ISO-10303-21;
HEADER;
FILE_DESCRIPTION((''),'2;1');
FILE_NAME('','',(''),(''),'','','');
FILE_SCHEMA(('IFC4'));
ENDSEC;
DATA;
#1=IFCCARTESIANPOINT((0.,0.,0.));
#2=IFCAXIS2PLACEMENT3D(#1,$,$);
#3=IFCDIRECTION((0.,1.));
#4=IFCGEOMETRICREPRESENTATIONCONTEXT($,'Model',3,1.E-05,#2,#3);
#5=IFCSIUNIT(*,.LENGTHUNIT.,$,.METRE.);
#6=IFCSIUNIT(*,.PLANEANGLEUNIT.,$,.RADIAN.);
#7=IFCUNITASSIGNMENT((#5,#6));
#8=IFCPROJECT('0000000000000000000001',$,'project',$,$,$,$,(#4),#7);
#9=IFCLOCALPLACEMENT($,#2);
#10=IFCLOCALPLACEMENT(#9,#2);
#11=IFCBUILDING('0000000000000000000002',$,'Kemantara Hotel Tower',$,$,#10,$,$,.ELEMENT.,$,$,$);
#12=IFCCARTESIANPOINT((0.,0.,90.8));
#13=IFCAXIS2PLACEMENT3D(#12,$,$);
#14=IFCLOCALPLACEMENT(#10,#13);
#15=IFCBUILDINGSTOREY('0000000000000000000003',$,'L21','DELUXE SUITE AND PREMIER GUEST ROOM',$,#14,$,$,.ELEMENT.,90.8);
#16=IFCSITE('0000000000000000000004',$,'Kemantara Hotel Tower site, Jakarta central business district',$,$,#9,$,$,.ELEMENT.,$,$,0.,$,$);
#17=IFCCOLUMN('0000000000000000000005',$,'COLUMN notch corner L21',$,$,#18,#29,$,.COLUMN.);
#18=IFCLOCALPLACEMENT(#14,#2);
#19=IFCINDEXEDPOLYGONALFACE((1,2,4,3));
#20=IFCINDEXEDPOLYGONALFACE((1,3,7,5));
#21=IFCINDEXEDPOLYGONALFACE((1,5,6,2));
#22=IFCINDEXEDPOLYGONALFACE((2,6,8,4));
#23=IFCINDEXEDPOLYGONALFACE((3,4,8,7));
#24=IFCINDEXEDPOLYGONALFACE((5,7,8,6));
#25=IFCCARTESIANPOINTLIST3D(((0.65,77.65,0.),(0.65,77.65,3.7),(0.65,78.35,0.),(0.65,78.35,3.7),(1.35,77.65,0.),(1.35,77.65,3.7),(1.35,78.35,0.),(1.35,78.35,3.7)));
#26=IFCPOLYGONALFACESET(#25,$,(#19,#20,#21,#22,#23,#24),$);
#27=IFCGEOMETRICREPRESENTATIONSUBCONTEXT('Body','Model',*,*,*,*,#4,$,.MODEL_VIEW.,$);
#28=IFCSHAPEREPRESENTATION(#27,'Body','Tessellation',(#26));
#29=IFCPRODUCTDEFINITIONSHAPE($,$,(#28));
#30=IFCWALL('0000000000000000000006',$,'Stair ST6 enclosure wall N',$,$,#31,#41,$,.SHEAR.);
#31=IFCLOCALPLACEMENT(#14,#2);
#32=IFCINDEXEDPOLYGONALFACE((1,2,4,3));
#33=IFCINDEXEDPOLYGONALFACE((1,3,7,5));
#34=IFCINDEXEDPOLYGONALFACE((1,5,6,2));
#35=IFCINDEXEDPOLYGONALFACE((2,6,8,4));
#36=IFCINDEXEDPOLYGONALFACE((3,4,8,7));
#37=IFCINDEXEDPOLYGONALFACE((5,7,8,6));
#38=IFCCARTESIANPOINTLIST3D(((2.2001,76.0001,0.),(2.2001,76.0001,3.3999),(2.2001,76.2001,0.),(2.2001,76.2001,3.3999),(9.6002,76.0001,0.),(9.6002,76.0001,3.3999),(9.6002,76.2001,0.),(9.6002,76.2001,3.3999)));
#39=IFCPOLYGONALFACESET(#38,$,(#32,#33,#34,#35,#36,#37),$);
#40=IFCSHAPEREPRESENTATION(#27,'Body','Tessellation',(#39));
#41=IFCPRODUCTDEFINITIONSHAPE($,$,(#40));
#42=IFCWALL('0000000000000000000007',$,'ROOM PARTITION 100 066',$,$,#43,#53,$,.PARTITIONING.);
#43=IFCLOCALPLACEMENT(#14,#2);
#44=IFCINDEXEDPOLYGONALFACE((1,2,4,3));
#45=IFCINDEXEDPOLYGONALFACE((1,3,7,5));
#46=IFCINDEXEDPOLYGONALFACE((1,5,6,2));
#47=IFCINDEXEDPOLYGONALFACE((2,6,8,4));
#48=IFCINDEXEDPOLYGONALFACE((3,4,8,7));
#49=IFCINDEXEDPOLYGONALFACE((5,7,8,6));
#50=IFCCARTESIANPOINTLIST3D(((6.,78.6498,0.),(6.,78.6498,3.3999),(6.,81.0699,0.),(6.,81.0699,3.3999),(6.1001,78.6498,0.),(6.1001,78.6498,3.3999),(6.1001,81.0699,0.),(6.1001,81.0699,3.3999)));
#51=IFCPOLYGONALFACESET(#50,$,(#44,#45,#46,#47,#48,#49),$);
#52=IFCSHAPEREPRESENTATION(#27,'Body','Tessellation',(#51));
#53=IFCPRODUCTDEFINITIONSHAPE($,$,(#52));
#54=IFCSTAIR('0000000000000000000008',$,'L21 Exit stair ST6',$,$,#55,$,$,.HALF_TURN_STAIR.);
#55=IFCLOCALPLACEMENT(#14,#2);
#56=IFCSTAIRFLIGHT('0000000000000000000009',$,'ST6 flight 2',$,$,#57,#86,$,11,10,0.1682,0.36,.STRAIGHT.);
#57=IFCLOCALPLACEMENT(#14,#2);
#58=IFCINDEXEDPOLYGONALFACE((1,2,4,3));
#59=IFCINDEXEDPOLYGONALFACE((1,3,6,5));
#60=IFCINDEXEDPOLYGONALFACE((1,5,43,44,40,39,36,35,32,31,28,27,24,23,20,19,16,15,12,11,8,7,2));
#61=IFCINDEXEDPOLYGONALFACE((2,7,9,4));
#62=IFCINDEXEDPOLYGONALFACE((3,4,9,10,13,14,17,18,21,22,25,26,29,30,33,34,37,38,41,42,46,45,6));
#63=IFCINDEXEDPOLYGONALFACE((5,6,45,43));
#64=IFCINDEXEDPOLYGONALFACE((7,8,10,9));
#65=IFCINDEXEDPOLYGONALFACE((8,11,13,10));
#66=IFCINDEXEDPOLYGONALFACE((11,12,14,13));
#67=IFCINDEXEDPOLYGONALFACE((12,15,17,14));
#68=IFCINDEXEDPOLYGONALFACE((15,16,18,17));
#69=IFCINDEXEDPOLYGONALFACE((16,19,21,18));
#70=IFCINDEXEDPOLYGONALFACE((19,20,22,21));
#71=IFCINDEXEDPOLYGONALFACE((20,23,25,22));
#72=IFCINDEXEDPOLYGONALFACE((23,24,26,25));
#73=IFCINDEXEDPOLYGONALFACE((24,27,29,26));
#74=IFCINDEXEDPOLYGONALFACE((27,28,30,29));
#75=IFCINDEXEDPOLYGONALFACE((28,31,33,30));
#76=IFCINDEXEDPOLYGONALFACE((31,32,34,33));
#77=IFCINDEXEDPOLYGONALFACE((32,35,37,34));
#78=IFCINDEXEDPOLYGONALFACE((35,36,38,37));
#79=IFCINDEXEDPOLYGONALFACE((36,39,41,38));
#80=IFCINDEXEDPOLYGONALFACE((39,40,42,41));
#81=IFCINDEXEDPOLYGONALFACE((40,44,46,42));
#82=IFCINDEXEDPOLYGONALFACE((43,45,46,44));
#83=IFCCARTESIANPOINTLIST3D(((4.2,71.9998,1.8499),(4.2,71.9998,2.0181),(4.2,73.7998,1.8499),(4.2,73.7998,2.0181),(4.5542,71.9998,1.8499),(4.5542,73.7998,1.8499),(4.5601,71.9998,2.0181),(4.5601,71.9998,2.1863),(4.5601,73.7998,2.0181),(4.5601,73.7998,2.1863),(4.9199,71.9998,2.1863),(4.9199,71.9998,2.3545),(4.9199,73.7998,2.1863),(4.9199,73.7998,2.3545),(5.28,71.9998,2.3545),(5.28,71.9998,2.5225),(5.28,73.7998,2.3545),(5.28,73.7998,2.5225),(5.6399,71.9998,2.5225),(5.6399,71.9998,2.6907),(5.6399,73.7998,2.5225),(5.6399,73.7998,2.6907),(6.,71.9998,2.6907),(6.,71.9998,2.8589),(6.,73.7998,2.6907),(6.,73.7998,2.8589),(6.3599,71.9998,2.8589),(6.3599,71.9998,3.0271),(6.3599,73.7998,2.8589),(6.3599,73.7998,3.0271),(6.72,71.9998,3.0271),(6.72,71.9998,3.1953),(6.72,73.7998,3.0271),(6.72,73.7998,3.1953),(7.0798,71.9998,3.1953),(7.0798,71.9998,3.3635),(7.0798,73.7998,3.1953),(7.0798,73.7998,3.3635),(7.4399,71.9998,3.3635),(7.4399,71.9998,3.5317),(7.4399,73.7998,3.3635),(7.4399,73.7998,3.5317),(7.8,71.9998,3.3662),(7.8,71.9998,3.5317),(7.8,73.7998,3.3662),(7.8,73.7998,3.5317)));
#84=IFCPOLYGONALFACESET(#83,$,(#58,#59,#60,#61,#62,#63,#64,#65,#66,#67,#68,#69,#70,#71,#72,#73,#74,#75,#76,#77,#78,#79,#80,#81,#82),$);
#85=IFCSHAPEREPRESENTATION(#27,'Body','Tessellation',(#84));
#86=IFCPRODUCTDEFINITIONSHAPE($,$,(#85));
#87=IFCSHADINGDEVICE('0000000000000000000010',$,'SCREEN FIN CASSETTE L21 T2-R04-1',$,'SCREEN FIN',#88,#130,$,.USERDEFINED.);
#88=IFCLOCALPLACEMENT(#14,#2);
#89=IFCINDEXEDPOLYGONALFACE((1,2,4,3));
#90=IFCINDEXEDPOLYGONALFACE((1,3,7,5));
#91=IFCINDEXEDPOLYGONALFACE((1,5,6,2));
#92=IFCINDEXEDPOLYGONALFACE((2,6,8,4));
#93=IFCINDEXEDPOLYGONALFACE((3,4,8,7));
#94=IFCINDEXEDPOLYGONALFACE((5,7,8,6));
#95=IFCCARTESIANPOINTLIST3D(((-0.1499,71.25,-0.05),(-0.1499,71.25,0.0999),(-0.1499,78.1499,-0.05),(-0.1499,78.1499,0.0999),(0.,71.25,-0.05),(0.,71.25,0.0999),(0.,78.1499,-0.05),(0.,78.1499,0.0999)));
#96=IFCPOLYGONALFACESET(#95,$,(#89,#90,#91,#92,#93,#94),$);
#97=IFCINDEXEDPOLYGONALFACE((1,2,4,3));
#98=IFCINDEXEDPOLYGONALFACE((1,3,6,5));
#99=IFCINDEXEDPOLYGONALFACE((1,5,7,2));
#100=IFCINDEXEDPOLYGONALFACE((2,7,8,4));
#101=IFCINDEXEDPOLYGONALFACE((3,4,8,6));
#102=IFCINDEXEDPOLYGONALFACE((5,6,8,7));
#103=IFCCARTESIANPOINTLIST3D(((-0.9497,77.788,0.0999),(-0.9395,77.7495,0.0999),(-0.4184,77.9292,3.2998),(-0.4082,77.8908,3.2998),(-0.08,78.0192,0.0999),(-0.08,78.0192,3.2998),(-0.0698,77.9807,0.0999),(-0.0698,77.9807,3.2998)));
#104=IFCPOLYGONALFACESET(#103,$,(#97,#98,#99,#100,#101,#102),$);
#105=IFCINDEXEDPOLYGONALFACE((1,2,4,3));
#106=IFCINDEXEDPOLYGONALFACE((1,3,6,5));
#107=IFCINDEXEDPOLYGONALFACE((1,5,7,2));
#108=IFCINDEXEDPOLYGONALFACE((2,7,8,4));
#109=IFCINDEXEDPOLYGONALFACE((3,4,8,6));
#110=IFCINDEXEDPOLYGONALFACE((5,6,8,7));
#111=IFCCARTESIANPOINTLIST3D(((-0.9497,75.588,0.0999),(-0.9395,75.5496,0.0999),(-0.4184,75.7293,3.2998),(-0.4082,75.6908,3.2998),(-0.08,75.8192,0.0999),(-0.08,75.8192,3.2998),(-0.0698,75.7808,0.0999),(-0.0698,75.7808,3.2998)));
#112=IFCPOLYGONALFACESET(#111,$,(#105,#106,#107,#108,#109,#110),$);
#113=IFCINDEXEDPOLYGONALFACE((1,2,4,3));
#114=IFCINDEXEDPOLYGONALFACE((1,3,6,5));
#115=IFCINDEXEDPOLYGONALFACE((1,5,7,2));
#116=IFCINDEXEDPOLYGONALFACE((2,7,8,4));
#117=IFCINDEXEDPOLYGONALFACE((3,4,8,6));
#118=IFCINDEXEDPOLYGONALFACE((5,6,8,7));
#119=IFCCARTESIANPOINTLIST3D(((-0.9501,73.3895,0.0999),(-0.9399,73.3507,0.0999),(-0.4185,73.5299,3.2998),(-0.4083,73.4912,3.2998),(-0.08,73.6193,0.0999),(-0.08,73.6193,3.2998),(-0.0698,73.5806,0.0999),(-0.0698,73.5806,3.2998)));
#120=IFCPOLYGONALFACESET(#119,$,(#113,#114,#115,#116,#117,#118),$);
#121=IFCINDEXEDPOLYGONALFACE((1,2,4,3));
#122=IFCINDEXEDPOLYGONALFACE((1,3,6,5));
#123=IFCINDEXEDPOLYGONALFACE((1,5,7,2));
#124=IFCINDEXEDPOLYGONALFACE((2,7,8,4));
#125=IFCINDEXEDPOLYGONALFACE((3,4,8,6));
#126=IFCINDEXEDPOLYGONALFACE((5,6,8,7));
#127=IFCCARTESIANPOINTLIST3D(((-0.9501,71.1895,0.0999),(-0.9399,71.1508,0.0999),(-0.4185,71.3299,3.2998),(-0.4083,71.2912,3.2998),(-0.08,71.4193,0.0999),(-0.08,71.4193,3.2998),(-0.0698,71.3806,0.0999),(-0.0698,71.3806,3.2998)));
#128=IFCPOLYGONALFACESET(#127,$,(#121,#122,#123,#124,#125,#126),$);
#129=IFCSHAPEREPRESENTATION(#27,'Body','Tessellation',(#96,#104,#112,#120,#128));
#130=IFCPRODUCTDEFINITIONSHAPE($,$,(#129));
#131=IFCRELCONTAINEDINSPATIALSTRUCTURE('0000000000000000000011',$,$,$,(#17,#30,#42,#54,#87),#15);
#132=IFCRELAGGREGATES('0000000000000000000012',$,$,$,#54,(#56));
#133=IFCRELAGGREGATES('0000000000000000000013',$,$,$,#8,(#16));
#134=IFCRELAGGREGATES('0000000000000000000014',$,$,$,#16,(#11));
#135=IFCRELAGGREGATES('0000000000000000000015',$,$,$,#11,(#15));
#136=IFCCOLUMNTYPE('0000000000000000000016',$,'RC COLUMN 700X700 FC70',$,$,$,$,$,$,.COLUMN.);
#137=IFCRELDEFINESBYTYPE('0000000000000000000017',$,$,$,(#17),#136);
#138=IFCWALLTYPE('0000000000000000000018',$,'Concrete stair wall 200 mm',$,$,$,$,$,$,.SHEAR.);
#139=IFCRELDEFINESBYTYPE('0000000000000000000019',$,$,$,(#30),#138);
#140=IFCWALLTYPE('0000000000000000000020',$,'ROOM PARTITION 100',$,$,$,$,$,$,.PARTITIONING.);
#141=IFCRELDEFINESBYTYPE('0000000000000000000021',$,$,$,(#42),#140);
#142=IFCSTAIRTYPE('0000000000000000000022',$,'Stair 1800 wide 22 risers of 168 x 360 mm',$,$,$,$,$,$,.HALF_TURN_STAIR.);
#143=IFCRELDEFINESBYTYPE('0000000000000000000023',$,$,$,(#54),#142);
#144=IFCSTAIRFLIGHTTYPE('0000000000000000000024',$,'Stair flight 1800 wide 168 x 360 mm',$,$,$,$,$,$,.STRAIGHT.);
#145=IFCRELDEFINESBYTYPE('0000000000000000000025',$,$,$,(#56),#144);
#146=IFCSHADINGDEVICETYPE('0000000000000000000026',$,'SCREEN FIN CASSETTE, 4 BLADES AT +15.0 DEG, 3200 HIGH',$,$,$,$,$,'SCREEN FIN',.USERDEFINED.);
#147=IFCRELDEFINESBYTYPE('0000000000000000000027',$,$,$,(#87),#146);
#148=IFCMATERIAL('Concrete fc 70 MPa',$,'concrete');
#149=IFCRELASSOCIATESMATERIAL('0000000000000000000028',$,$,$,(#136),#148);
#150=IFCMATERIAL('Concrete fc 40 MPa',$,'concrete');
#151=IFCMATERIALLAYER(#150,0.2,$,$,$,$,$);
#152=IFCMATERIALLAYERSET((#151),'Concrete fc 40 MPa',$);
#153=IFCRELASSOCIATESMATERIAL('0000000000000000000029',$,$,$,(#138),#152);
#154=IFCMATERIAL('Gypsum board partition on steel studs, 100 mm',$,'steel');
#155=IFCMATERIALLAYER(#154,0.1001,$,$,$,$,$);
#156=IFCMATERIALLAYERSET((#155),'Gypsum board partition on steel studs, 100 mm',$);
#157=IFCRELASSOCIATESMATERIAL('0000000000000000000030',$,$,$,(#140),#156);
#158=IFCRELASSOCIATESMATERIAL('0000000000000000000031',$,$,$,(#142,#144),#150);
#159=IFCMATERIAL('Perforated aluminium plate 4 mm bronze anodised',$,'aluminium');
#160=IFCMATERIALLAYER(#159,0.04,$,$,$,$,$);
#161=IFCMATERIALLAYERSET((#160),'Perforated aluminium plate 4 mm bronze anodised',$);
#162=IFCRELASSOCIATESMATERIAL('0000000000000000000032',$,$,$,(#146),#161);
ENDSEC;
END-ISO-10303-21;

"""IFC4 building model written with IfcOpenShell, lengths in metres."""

from ifc_helpers import new_model, si_unit, direction, frame, frame_2d, origin, origin_2d, place, context, subcontext, project, spatial, polyline, rectangle, outline, extrude, source, transform, mapped, material, layer, layer_set, material_profile, profile_set, type_object, element, aggregate, save


model = new_model("IFC4")

# Units and contexts
model_context = context("Model", 3, precision=1e-05, world=origin(), true_north=direction((0.0, 1.0)))
body_context = subcontext(model_context, "Body", "Model", "MODEL_VIEW")
ifc_project = project(units=[si_unit("LENGTHUNIT", "METRE"), si_unit("PLANEANGLEUNIT", "RADIAN")], contexts=[model_context])

# Site, building, storey
site_placement = place(None, origin())
site = spatial("IfcSite", under=ifc_project, at=site_placement, Name="Kemantara Hotel Tower site, Jakarta central business district", CompositionType="ELEMENT", RefElevation=0.0)
building_placement = place(site_placement, origin())
building = spatial("IfcBuilding", under=site, at=building_placement, Name="Kemantara Hotel Tower", CompositionType="ELEMENT")
storey_placement = place(building_placement, frame((0.0, 0.0, 90.8)))
storey = spatial("IfcBuildingStorey", under=building, at=storey_placement, Name="L21", Description="DELUXE SUITE AND PREMIER GUEST ROOM", CompositionType="ELEMENT", Elevation=90.8)

# Column
ifc_material_1 = material(Name="Concrete fc 70 MPa", Category="concrete")
ifc_material_profile = material_profile(ifc_material_1, rectangle(XDim=0.7, YDim=0.7, at=origin_2d()), Name="RC 700X700")
ifc_profile_set = profile_set([ifc_material_profile], Name="Concrete fc 70 MPa")
column_type = type_object("IfcColumnType", Name="RC COLUMN 700X700 FC70", PredefinedType="COLUMN", material=ifc_profile_set)
column_placement = place(storey_placement, frame((1.0, 78.0, 0.0), z_axis=(0.0, 0.0, 1.0), x_axis=(1.0, 0.0, 0.0)))
element("IfcColumn", 1, at=column_placement, inside=storey, type_object=column_type, Name="COLUMN notch corner L21", PredefinedType="COLUMN", context=body_context, shape_type="SweptSolid", body=[
    extrude(rectangle(XDim=0.7, YDim=0.7, at=origin_2d()), origin(), (0.0, 0.0, 1.0), 3.7),
])

# Walls
ifc_material_2 = material(Name="Concrete fc 40 MPa", Category="concrete")
ifc_layer_1 = layer(ifc_material_2, 0.2)
ifc_layer_set_1 = layer_set([ifc_layer_1], Name="Concrete fc 40 MPa")
wall_type_1 = type_object("IfcWallType", Name="Concrete stair wall 200 mm", PredefinedType="SHEAR", material=ifc_layer_set_1)
wall_1_placement = place(storey_placement, frame((2.2, 76.1001, 0.0), z_axis=(0.0, 0.0, 1.0), x_axis=(1.0, 0.0, 0.0)))
element("IfcWall", 2, at=wall_1_placement, inside=storey, type_object=wall_type_1, Name="Stair ST6 enclosure wall N", PredefinedType="SHEAR", context=body_context, shape_type="SweptSolid", body=[
    extrude(rectangle(XDim=7.4001, YDim=0.2, at=frame_2d((3.7002, 0.0))), origin(), (0.0, 0.0, 1.0), 3.3999),
])
ifc_material_3 = material(Name="Gypsum board partition on steel studs, 100 mm", Category="steel")
ifc_layer_2 = layer(ifc_material_3, 0.1001)
ifc_layer_set_2 = layer_set([ifc_layer_2], Name="Gypsum board partition on steel studs, 100 mm")
wall_type_2 = type_object("IfcWallType", Name="ROOM PARTITION 100", PredefinedType="PARTITIONING", material=ifc_layer_set_2)
wall_2_placement = place(storey_placement, frame((6.05, 78.6499, 0.0), z_axis=(0.0, 0.0, 1.0), x_axis=(0.0, 1.0, 0.0)))
element("IfcWall", 3, at=wall_2_placement, inside=storey, type_object=wall_type_2, Name="ROOM PARTITION 100 066", PredefinedType="PARTITIONING", context=body_context, shape_type="SweptSolid", body=[
    extrude(rectangle(XDim=2.4202, YDim=0.1001, at=frame_2d((1.21, 0.0))), origin(), (0.0, 0.0, 1.0), 3.3999),
])

# Stair, stair flight
stair_type = type_object("IfcStairType", Name="Stair 1800 wide 22 risers of 168 x 360 mm", PredefinedType="HALF_TURN_STAIR", material=ifc_material_2)
stair_placement = place(storey_placement, origin())
stair = element("IfcStair", 4, at=stair_placement, inside=storey, type_object=stair_type, Name="L21 Exit stair ST6", PredefinedType="HALF_TURN_STAIR")
stair_flight_type = type_object("IfcStairFlightType", Name="Stair flight 1800 wide 168 x 360 mm", PredefinedType="STRAIGHT", material=ifc_material_2)
stair_flight_placement = place(storey_placement, frame((4.2, 72.8999, 1.8499), z_axis=(0.0, 0.0, 1.0), x_axis=(1.0, 0.0, 0.0)))
stair_flight = element("IfcStairFlight", 5, at=stair_flight_placement, type_object=stair_flight_type, Name="ST6 flight 2", NumberOfRisers=11, NumberOfTreads=10, PredefinedType="STRAIGHT", RiserHeight=0.1682, TreadLength=0.36, context=body_context, shape_type="SweptSolid", body=[
    extrude(outline(polyline([(0.0, 0.0), (0.0, 0.1682), (0.3601, 0.1682), (0.3601, 0.3364), (0.72, 0.3364), (0.72, 0.5046), (1.0801, 0.5046), (1.0801, 0.6726), (1.4399, 0.6726), (1.4399, 0.8408), (1.8, 0.8408), (1.8, 1.009), (2.1599, 1.009), (2.1599, 1.1772), (2.52, 1.1772), (2.52, 1.3455), (2.8799, 1.3455), (2.8799, 1.5137), (3.24, 1.5137), (3.24, 1.6819), (3.6001, 1.6819), (3.6001, 1.8501), (3.6001, 1.5164), (0.3542, 0.0), (0.0, 0.0)])), frame((0.0, 0.8999, 0.0), z_axis=(0.0, -1.0, 0.0), x_axis=(1.0, 0.0, 0.0)), (0.0, 0.0, 1.0), 1.8),
])
aggregate(stair, [stair_flight])

# Shading device
ifc_material_4 = material(Name="Perforated aluminium plate 4 mm bronze anodised", Category="aluminium")
ifc_layer_3 = layer(ifc_material_4, 0.04)
ifc_layer_set_3 = layer_set([ifc_layer_3], Name="Perforated aluminium plate 4 mm bronze anodised")
shading_device_type = type_object("IfcShadingDeviceType", Name="SCREEN FIN CASSETTE, 4 BLADES AT +15.0 DEG, 3200 HIGH", ElementType="SCREEN FIN", PredefinedType="USERDEFINED", material=ifc_layer_set_3)
shared_shape = source(origin(), body_context, "Body", "SweptSolid", [
    extrude(rectangle(XDim=6.8999, YDim=0.1499, at=origin_2d()), frame((3.3, -0.075, -0.1499), z_axis=(0.0, 0.0, 1.0), x_axis=(1.0, 0.0, 0.0)), (0.0, 0.0, 1.0), 0.1499),
    extrude(outline(polyline([(0.0, 0.0), (0.8999, 0.0), (0.3501, 3.2), (0.0, 3.2), (0.0, 0.0)])), frame((0.0193, -0.0698, 0.0), z_axis=(-0.966438, -0.256901, 0.0), x_axis=(0.256901, -0.966438, 0.0)), (0.0, 0.0, 1.0), 0.0398),
    extrude(outline(polyline([(0.0, 0.0), (0.8999, 0.0), (0.3501, 3.2), (0.0, 3.2), (0.0, 0.0)])), frame((2.2192, -0.0698, 0.0), z_axis=(-0.966438, -0.256901, 0.0), x_axis=(0.256901, -0.966438, 0.0)), (0.0, 0.0, 1.0), 0.0398),
    extrude(outline(polyline([(0.0, 0.0), (0.8999, 0.0), (0.3501, 3.2), (0.0, 3.2), (0.0, 0.0)])), frame((4.4194, -0.0698, 0.0), z_axis=(-0.966838, -0.255391, 0.0), x_axis=(0.255391, -0.966838, 0.0)), (0.0, 0.0, 1.0), 0.04),
    extrude(outline(polyline([(0.0, 0.0), (0.8999, 0.0), (0.3501, 3.2), (0.0, 3.2), (0.0, 0.0)])), frame((6.6194, -0.0698, 0.0), z_axis=(-0.966838, -0.255391, 0.0), x_axis=(0.255391, -0.966838, 0.0)), (0.0, 0.0, 1.0), 0.04),
])
shading_device_placement = place(storey_placement, frame((0.0, 78.0, 0.0999), z_axis=(0.0, 0.0, 1.0), x_axis=(0.0, -1.0, 0.0)))
element("IfcShadingDevice", 6, at=shading_device_placement, inside=storey, type_object=shading_device_type, Name="SCREEN FIN CASSETTE L21 T2-R04-1", ObjectType="SCREEN FIN", PredefinedType="USERDEFINED", context=body_context, shape_type="MappedRepresentation", body=[
    mapped(shared_shape, transform((0.0, 0.0, 0.0))),
])

save(model, "model.ifc")
